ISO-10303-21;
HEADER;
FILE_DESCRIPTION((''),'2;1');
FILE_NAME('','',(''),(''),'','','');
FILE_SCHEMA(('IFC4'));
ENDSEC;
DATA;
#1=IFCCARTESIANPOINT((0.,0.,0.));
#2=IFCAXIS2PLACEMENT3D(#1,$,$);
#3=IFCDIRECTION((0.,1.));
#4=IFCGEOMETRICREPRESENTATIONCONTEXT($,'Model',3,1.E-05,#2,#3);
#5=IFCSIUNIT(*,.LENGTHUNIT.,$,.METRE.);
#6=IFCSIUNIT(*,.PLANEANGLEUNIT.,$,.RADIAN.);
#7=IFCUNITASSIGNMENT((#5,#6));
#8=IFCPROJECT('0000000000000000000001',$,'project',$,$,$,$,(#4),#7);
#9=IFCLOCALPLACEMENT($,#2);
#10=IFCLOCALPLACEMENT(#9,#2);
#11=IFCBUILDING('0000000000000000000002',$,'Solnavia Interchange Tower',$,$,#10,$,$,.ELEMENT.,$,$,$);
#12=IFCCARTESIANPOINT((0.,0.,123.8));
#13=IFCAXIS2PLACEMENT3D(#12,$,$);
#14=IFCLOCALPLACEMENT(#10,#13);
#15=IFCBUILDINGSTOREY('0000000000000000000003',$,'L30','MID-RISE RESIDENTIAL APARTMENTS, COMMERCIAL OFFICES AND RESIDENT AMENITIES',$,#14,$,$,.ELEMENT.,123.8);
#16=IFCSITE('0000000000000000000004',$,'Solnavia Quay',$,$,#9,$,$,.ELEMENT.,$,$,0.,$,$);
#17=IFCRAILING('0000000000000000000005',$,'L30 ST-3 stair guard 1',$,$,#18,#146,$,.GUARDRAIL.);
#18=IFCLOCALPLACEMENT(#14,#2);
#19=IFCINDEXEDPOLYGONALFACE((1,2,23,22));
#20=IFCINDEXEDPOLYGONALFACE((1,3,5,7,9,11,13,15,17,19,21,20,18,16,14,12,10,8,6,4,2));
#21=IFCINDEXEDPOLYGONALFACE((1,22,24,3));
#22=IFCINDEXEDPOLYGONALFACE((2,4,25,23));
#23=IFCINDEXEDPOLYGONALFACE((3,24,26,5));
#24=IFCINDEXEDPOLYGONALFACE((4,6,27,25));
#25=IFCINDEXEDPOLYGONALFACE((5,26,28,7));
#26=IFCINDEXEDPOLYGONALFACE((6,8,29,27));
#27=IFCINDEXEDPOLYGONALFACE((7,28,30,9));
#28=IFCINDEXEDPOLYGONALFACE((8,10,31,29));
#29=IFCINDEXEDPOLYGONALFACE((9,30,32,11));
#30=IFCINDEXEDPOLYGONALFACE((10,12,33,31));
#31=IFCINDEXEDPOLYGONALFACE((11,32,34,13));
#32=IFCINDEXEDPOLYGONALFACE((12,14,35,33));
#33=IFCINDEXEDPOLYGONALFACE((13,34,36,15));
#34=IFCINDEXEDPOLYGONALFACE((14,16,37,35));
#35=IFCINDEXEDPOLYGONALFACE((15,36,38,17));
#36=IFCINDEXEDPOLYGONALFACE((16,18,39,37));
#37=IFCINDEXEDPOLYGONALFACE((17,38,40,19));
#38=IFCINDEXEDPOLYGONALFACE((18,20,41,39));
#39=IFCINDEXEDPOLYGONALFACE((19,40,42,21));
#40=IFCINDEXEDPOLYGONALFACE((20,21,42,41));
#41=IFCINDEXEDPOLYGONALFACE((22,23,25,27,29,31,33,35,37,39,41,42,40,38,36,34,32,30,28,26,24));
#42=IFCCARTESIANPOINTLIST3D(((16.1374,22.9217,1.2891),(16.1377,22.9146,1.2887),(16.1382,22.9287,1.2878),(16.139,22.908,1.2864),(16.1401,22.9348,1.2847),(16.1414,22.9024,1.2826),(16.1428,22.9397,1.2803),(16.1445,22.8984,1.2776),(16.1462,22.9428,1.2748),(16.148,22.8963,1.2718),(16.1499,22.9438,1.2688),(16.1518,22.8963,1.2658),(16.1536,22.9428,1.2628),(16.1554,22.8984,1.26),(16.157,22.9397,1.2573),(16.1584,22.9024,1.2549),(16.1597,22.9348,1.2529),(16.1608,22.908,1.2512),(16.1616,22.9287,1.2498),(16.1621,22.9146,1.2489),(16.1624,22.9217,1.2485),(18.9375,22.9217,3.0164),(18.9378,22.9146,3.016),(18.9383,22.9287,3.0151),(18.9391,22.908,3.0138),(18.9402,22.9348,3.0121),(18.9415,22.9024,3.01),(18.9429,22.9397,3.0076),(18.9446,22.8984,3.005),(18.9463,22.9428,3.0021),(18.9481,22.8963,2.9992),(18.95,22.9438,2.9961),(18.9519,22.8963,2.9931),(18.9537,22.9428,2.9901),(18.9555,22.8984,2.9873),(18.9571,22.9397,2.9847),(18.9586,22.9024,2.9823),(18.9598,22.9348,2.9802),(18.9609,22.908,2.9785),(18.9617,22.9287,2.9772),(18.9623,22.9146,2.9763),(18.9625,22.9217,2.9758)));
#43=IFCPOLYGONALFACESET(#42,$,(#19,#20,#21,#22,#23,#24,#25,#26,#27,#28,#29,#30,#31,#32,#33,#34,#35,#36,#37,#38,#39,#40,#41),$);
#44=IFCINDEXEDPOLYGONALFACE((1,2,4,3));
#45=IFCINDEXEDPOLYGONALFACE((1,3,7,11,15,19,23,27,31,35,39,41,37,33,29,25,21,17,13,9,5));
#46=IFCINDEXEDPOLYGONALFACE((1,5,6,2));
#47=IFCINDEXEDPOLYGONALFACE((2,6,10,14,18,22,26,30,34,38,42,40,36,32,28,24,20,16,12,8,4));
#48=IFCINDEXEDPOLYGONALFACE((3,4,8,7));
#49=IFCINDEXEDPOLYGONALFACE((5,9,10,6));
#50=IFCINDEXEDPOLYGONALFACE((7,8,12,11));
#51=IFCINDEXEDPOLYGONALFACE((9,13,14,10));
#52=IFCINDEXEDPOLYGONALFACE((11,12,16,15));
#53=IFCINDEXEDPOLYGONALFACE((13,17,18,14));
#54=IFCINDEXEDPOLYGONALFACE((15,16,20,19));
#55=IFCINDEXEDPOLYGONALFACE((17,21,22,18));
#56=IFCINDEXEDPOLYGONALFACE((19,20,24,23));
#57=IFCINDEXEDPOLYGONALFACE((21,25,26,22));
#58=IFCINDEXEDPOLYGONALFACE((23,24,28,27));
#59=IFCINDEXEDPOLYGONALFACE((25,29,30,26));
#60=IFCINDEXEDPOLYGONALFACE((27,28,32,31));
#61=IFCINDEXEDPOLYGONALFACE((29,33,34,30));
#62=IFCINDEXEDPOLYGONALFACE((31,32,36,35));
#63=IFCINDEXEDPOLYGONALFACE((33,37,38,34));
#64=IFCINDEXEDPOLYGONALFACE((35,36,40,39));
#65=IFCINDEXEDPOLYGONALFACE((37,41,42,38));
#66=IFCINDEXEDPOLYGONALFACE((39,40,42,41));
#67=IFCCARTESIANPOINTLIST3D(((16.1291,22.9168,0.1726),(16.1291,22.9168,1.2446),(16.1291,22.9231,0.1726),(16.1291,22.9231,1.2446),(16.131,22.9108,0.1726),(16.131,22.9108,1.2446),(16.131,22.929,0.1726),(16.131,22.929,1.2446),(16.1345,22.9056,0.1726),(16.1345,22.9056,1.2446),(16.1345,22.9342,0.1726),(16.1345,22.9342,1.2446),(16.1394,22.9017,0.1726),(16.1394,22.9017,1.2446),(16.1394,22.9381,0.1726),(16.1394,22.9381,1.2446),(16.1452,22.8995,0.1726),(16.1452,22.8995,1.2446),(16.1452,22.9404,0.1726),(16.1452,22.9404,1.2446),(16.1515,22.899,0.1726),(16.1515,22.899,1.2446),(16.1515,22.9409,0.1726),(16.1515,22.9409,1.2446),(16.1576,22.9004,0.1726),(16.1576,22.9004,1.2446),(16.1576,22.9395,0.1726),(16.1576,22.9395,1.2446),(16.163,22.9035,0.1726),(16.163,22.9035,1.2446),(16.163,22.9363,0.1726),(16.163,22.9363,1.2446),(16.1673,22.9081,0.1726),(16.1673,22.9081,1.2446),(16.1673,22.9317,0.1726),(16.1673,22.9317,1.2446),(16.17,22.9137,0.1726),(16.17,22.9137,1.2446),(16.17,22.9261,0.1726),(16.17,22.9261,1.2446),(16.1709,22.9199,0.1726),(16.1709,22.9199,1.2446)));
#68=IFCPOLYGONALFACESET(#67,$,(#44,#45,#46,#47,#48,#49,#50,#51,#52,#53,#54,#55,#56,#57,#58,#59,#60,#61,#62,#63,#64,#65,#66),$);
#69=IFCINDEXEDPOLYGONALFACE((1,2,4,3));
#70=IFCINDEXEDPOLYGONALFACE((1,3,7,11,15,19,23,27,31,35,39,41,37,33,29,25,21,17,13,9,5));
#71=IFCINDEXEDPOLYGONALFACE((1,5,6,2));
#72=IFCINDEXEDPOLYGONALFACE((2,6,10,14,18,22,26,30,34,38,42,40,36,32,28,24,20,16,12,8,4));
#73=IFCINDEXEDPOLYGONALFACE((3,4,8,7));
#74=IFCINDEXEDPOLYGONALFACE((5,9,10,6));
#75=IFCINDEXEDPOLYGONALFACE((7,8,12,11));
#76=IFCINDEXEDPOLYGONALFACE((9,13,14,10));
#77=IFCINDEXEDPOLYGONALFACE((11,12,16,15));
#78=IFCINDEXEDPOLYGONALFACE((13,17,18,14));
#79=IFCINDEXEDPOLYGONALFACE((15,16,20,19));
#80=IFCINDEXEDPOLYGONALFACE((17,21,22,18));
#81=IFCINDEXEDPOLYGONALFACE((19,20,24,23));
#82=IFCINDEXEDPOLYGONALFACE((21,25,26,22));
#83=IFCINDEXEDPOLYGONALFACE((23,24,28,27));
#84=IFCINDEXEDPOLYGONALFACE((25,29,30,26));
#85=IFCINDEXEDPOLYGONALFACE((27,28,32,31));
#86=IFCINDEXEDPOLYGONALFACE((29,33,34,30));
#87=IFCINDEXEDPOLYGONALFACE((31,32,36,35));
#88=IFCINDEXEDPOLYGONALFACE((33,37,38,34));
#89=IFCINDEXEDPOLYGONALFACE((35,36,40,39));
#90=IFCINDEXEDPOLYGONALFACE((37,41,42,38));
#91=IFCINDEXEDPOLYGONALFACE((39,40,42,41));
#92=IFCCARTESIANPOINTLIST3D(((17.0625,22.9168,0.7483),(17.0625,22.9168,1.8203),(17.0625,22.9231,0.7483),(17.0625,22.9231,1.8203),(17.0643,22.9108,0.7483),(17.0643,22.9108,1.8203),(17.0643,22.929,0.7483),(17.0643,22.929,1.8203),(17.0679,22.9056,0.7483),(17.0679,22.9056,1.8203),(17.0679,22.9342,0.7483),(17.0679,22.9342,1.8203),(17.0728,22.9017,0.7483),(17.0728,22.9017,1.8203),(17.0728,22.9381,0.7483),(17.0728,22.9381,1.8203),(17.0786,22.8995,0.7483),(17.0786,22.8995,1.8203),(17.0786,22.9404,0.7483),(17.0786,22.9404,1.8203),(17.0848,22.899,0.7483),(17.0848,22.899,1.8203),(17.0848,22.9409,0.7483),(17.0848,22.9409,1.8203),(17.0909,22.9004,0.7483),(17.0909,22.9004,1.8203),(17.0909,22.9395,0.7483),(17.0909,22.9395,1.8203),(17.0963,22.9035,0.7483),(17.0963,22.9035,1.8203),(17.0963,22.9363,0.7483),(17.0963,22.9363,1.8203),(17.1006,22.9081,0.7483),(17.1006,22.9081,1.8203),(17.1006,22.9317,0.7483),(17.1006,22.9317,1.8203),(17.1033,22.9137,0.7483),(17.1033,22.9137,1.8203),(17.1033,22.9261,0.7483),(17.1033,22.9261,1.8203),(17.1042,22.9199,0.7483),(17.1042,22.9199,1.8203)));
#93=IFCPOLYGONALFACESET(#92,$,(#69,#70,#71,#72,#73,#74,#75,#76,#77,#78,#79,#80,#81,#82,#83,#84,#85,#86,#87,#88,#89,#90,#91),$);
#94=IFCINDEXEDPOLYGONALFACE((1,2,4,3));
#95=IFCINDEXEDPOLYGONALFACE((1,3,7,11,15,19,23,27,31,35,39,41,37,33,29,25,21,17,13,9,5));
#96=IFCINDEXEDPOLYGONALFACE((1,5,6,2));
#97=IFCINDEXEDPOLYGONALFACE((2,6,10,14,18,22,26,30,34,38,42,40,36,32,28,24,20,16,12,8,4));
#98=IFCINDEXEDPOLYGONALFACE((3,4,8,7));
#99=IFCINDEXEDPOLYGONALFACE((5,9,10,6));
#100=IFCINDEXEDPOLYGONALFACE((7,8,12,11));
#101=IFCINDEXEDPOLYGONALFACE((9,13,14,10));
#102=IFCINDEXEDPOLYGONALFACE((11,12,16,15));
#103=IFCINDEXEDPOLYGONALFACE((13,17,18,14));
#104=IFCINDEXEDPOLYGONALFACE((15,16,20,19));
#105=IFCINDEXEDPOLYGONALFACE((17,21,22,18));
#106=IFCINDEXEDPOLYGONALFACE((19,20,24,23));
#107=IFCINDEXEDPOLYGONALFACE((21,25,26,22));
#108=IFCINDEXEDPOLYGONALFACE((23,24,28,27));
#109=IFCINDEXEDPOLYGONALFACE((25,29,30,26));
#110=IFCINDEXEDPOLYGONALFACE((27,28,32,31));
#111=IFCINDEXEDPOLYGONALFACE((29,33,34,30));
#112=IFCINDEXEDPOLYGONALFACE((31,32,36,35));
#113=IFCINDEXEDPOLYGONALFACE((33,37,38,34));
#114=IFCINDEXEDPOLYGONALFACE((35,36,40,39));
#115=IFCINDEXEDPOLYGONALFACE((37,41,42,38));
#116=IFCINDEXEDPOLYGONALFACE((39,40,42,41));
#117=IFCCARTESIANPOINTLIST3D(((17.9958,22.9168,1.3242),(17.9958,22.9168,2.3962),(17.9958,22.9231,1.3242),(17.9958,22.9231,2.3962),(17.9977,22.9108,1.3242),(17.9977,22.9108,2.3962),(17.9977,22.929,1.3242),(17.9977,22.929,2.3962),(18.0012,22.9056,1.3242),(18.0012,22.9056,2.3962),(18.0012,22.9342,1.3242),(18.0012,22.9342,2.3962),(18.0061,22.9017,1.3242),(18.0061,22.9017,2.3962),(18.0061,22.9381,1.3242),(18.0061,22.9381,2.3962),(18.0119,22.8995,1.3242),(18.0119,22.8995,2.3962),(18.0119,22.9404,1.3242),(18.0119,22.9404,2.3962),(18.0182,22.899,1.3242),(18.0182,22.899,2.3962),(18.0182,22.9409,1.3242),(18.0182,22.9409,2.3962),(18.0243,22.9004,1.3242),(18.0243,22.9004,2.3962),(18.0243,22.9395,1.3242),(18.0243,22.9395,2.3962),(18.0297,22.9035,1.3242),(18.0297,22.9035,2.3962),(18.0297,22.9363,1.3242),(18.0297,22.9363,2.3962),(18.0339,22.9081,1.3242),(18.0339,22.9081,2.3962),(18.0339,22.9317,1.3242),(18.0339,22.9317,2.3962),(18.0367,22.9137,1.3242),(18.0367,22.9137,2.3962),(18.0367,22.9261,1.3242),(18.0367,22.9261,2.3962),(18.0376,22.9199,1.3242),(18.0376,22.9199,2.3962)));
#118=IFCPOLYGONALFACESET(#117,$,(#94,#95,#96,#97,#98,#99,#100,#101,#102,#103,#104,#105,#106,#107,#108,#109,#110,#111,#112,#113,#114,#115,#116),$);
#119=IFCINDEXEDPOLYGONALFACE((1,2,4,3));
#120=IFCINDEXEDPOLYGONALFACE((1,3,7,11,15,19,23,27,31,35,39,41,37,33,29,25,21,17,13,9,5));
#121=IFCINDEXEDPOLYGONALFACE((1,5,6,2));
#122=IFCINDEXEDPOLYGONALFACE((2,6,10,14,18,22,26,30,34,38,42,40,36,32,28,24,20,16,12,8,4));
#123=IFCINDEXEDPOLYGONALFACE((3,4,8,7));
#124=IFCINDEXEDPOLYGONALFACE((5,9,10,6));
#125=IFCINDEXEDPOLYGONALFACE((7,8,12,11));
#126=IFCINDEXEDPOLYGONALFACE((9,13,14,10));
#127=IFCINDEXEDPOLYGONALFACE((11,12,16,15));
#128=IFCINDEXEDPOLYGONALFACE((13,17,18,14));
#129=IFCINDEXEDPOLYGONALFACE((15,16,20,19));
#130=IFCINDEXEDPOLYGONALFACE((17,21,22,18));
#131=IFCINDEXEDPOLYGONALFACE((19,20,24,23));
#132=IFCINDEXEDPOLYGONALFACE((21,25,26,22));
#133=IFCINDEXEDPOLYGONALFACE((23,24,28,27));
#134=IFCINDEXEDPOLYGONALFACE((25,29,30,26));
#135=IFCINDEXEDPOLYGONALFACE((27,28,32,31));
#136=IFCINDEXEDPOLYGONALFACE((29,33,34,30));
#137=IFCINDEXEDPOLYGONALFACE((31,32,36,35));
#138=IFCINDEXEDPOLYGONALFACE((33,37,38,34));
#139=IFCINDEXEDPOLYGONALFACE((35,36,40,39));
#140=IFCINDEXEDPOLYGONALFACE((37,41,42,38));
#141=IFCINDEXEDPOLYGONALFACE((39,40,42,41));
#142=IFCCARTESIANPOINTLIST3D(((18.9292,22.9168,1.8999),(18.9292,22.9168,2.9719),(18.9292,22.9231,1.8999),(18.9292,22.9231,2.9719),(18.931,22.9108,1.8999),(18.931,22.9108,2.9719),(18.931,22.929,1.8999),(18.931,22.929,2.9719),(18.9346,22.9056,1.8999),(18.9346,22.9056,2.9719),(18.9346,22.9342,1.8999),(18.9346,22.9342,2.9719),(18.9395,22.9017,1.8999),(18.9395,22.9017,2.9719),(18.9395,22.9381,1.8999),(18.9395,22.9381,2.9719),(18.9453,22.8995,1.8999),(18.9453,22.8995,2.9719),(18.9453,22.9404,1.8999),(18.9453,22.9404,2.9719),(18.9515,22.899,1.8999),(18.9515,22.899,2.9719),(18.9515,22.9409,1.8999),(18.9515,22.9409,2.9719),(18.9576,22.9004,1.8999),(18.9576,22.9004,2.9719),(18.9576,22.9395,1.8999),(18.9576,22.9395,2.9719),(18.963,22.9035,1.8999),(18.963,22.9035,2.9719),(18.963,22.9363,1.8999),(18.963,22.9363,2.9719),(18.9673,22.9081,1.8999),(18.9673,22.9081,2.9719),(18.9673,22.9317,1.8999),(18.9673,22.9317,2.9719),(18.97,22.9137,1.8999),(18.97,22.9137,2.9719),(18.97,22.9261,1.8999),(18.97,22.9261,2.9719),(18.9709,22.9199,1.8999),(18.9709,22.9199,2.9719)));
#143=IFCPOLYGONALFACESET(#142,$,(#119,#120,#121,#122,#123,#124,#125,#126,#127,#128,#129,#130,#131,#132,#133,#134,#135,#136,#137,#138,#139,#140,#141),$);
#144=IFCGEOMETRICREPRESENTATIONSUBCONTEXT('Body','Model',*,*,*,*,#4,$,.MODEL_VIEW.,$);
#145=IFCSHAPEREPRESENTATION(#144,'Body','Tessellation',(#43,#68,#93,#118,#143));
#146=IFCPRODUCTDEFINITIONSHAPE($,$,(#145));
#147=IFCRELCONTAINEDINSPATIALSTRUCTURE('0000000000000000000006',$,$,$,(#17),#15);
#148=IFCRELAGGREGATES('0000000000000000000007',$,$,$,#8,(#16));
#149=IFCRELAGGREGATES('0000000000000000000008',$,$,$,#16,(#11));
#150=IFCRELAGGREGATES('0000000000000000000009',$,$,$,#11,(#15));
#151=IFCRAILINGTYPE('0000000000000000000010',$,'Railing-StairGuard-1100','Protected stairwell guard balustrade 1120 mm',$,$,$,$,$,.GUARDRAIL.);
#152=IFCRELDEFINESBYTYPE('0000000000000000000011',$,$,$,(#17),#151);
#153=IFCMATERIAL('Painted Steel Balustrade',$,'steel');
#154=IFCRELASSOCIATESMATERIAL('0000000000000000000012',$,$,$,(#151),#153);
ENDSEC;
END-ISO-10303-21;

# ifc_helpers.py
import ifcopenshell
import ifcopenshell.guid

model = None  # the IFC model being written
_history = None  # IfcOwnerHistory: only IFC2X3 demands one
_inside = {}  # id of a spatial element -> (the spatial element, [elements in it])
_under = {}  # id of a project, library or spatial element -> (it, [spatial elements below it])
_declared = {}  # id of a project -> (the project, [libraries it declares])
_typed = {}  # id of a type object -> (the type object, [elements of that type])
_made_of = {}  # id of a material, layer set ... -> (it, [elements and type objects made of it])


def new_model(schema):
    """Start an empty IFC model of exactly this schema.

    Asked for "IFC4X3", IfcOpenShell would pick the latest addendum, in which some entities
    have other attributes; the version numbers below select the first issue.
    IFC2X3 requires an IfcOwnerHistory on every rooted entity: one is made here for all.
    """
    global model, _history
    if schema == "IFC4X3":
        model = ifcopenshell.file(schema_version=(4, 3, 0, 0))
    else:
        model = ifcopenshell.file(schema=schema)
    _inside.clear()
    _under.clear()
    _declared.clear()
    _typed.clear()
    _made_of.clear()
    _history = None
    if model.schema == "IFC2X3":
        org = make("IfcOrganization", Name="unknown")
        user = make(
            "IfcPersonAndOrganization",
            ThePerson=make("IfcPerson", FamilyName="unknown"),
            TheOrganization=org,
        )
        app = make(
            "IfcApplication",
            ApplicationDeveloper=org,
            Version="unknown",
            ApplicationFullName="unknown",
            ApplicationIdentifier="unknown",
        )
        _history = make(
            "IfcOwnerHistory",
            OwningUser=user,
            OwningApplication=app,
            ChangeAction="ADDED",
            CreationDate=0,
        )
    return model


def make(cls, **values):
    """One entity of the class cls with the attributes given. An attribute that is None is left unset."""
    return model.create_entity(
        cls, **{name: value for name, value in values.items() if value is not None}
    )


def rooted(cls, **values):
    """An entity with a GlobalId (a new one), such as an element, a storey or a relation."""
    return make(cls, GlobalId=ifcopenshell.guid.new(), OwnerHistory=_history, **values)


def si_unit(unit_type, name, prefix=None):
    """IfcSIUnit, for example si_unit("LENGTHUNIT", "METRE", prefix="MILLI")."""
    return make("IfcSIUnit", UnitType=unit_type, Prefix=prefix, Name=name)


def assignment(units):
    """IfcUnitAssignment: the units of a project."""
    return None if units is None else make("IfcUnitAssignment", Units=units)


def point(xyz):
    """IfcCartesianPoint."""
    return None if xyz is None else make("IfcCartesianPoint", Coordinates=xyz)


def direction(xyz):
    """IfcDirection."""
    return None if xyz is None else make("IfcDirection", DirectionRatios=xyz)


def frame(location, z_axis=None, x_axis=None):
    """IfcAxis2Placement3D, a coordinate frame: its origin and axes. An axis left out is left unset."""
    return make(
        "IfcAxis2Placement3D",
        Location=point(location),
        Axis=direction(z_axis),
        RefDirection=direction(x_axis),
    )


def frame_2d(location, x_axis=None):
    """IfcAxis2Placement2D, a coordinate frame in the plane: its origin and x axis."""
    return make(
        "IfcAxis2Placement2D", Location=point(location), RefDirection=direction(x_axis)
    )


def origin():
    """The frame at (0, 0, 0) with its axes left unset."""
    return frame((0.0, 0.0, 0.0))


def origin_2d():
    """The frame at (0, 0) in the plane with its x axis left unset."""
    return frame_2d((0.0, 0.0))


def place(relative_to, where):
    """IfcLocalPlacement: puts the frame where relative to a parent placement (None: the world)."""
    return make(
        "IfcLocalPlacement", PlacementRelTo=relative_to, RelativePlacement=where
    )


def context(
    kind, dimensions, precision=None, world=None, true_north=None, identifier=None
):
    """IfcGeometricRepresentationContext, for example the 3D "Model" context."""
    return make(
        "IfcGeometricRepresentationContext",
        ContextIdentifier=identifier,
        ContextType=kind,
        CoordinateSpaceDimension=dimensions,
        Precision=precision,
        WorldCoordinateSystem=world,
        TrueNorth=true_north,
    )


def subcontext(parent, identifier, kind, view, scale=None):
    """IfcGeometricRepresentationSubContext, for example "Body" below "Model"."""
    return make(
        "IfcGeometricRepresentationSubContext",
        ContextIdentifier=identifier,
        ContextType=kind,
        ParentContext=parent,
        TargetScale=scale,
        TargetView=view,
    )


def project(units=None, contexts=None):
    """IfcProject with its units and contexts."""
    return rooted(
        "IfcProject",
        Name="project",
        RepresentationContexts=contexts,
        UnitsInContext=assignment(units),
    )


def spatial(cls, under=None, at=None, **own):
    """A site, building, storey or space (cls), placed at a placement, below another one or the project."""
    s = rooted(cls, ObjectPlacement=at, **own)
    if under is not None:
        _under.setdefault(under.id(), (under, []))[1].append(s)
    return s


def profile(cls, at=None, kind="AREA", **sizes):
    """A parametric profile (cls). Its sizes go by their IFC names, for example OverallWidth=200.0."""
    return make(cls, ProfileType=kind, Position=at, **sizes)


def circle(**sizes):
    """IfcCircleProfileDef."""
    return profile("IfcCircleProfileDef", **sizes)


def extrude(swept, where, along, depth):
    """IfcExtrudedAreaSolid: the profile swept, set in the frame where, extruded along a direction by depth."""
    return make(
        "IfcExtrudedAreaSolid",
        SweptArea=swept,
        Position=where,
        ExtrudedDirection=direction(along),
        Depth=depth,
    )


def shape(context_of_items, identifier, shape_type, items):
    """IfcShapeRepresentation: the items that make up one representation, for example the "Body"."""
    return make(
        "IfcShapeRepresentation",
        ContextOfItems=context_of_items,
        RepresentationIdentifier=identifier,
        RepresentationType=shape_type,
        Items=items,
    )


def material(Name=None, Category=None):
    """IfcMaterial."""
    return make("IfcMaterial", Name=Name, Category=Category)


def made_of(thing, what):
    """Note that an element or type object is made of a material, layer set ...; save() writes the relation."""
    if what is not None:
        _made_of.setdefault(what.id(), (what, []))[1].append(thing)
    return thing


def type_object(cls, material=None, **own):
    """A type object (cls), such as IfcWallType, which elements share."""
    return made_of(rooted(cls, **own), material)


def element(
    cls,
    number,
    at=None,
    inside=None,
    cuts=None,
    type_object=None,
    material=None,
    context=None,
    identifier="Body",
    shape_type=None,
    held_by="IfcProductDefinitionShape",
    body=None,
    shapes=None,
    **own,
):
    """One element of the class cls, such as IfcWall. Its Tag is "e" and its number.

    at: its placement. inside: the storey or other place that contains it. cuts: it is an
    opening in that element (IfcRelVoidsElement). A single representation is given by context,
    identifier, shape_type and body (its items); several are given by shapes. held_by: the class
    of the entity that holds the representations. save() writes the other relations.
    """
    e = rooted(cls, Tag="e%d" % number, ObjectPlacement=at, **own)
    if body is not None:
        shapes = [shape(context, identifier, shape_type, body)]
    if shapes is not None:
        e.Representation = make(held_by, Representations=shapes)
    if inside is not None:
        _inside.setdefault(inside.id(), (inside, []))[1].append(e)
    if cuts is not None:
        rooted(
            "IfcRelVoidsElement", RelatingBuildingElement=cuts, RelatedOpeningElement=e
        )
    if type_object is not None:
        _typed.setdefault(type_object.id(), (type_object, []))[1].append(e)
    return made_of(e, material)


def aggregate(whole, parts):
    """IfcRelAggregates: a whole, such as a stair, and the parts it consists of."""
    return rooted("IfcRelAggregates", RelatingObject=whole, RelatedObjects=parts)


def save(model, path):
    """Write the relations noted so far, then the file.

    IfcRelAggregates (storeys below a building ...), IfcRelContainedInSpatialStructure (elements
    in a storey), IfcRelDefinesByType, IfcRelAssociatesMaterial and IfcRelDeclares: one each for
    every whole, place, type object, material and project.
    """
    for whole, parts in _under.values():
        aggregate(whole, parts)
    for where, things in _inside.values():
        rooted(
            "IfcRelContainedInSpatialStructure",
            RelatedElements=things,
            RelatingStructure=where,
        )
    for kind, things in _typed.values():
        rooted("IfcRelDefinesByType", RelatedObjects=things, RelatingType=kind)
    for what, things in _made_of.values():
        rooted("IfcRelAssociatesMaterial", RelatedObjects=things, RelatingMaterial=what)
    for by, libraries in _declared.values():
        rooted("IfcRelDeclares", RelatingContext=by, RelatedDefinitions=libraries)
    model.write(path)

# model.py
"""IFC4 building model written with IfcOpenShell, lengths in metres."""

from ifc_helpers import new_model, si_unit, direction, frame, origin, origin_2d, place, context, subcontext, project, spatial, circle, extrude, material, type_object, element, save


model = new_model("IFC4")

# Units and contexts
model_context = context("Model", 3, precision=1e-05, world=origin(), true_north=direction((0.0, 1.0)))
body_context = subcontext(model_context, "Body", "Model", "MODEL_VIEW")
ifc_project = project(units=[si_unit("LENGTHUNIT", "METRE"), si_unit("PLANEANGLEUNIT", "RADIAN")], contexts=[model_context])

# Site, building, storey
site_placement = place(None, origin())
site = spatial("IfcSite", under=ifc_project, at=site_placement, Name="Solnavia Quay", CompositionType="ELEMENT", RefElevation=0.0)
building_placement = place(site_placement, origin())
building = spatial("IfcBuilding", under=site, at=building_placement, Name="Solnavia Interchange Tower", CompositionType="ELEMENT")
storey_placement = place(building_placement, frame((0.0, 0.0, 123.8)))
storey = spatial("IfcBuildingStorey", under=building, at=storey_placement, Name="L30", Description="MID-RISE RESIDENTIAL APARTMENTS, COMMERCIAL OFFICES AND RESIDENT AMENITIES", CompositionType="ELEMENT", Elevation=123.8)

# Railing
ifc_material_1 = material(Name="Painted Steel Balustrade", Category="steel")
railing_type_1 = type_object("IfcRailingType", Name="Railing-StairGuard-1100", Description="Protected stairwell guard balustrade 1120 mm", PredefinedType="GUARDRAIL", material=ifc_material_1)
railing_1_placement = place(storey_placement, frame((16.1499, 22.9199, 0.1726)))
element("IfcRailing", 1, at=railing_1_placement, inside=storey, type_object=railing_type_1, Name="L30 ST-3 stair guard 1", PredefinedType="GUARDRAIL", context=body_context, shape_type="SweptSolid", body=[
    extrude(circle(Radius=0.0239, at=origin_2d()), frame((0.0, 0.0, 1.0962), z_axis=(0.85109, 0.0, 0.52502), x_axis=(0.0, 1.0, 0.0)), (0.0, 0.0, 1.0), 3.29),
    extrude(circle(Radius=0.021, at=origin_2d()), origin(), (0.0, 0.0, 1.0), 1.072),
    extrude(circle(Radius=0.021, at=origin_2d()), frame((0.9333, 0.0, 0.5757)), (0.0, 0.0, 1.0), 1.072),
    extrude(circle(Radius=0.021, at=origin_2d()), frame((1.8667, 0.0, 1.1516)), (0.0, 0.0, 1.0), 1.072),
    extrude(circle(Radius=0.021, at=origin_2d()), frame((2.8, 0.0, 1.7273)), (0.0, 0.0, 1.0), 1.072),
])

save(model, "model.ifc")
